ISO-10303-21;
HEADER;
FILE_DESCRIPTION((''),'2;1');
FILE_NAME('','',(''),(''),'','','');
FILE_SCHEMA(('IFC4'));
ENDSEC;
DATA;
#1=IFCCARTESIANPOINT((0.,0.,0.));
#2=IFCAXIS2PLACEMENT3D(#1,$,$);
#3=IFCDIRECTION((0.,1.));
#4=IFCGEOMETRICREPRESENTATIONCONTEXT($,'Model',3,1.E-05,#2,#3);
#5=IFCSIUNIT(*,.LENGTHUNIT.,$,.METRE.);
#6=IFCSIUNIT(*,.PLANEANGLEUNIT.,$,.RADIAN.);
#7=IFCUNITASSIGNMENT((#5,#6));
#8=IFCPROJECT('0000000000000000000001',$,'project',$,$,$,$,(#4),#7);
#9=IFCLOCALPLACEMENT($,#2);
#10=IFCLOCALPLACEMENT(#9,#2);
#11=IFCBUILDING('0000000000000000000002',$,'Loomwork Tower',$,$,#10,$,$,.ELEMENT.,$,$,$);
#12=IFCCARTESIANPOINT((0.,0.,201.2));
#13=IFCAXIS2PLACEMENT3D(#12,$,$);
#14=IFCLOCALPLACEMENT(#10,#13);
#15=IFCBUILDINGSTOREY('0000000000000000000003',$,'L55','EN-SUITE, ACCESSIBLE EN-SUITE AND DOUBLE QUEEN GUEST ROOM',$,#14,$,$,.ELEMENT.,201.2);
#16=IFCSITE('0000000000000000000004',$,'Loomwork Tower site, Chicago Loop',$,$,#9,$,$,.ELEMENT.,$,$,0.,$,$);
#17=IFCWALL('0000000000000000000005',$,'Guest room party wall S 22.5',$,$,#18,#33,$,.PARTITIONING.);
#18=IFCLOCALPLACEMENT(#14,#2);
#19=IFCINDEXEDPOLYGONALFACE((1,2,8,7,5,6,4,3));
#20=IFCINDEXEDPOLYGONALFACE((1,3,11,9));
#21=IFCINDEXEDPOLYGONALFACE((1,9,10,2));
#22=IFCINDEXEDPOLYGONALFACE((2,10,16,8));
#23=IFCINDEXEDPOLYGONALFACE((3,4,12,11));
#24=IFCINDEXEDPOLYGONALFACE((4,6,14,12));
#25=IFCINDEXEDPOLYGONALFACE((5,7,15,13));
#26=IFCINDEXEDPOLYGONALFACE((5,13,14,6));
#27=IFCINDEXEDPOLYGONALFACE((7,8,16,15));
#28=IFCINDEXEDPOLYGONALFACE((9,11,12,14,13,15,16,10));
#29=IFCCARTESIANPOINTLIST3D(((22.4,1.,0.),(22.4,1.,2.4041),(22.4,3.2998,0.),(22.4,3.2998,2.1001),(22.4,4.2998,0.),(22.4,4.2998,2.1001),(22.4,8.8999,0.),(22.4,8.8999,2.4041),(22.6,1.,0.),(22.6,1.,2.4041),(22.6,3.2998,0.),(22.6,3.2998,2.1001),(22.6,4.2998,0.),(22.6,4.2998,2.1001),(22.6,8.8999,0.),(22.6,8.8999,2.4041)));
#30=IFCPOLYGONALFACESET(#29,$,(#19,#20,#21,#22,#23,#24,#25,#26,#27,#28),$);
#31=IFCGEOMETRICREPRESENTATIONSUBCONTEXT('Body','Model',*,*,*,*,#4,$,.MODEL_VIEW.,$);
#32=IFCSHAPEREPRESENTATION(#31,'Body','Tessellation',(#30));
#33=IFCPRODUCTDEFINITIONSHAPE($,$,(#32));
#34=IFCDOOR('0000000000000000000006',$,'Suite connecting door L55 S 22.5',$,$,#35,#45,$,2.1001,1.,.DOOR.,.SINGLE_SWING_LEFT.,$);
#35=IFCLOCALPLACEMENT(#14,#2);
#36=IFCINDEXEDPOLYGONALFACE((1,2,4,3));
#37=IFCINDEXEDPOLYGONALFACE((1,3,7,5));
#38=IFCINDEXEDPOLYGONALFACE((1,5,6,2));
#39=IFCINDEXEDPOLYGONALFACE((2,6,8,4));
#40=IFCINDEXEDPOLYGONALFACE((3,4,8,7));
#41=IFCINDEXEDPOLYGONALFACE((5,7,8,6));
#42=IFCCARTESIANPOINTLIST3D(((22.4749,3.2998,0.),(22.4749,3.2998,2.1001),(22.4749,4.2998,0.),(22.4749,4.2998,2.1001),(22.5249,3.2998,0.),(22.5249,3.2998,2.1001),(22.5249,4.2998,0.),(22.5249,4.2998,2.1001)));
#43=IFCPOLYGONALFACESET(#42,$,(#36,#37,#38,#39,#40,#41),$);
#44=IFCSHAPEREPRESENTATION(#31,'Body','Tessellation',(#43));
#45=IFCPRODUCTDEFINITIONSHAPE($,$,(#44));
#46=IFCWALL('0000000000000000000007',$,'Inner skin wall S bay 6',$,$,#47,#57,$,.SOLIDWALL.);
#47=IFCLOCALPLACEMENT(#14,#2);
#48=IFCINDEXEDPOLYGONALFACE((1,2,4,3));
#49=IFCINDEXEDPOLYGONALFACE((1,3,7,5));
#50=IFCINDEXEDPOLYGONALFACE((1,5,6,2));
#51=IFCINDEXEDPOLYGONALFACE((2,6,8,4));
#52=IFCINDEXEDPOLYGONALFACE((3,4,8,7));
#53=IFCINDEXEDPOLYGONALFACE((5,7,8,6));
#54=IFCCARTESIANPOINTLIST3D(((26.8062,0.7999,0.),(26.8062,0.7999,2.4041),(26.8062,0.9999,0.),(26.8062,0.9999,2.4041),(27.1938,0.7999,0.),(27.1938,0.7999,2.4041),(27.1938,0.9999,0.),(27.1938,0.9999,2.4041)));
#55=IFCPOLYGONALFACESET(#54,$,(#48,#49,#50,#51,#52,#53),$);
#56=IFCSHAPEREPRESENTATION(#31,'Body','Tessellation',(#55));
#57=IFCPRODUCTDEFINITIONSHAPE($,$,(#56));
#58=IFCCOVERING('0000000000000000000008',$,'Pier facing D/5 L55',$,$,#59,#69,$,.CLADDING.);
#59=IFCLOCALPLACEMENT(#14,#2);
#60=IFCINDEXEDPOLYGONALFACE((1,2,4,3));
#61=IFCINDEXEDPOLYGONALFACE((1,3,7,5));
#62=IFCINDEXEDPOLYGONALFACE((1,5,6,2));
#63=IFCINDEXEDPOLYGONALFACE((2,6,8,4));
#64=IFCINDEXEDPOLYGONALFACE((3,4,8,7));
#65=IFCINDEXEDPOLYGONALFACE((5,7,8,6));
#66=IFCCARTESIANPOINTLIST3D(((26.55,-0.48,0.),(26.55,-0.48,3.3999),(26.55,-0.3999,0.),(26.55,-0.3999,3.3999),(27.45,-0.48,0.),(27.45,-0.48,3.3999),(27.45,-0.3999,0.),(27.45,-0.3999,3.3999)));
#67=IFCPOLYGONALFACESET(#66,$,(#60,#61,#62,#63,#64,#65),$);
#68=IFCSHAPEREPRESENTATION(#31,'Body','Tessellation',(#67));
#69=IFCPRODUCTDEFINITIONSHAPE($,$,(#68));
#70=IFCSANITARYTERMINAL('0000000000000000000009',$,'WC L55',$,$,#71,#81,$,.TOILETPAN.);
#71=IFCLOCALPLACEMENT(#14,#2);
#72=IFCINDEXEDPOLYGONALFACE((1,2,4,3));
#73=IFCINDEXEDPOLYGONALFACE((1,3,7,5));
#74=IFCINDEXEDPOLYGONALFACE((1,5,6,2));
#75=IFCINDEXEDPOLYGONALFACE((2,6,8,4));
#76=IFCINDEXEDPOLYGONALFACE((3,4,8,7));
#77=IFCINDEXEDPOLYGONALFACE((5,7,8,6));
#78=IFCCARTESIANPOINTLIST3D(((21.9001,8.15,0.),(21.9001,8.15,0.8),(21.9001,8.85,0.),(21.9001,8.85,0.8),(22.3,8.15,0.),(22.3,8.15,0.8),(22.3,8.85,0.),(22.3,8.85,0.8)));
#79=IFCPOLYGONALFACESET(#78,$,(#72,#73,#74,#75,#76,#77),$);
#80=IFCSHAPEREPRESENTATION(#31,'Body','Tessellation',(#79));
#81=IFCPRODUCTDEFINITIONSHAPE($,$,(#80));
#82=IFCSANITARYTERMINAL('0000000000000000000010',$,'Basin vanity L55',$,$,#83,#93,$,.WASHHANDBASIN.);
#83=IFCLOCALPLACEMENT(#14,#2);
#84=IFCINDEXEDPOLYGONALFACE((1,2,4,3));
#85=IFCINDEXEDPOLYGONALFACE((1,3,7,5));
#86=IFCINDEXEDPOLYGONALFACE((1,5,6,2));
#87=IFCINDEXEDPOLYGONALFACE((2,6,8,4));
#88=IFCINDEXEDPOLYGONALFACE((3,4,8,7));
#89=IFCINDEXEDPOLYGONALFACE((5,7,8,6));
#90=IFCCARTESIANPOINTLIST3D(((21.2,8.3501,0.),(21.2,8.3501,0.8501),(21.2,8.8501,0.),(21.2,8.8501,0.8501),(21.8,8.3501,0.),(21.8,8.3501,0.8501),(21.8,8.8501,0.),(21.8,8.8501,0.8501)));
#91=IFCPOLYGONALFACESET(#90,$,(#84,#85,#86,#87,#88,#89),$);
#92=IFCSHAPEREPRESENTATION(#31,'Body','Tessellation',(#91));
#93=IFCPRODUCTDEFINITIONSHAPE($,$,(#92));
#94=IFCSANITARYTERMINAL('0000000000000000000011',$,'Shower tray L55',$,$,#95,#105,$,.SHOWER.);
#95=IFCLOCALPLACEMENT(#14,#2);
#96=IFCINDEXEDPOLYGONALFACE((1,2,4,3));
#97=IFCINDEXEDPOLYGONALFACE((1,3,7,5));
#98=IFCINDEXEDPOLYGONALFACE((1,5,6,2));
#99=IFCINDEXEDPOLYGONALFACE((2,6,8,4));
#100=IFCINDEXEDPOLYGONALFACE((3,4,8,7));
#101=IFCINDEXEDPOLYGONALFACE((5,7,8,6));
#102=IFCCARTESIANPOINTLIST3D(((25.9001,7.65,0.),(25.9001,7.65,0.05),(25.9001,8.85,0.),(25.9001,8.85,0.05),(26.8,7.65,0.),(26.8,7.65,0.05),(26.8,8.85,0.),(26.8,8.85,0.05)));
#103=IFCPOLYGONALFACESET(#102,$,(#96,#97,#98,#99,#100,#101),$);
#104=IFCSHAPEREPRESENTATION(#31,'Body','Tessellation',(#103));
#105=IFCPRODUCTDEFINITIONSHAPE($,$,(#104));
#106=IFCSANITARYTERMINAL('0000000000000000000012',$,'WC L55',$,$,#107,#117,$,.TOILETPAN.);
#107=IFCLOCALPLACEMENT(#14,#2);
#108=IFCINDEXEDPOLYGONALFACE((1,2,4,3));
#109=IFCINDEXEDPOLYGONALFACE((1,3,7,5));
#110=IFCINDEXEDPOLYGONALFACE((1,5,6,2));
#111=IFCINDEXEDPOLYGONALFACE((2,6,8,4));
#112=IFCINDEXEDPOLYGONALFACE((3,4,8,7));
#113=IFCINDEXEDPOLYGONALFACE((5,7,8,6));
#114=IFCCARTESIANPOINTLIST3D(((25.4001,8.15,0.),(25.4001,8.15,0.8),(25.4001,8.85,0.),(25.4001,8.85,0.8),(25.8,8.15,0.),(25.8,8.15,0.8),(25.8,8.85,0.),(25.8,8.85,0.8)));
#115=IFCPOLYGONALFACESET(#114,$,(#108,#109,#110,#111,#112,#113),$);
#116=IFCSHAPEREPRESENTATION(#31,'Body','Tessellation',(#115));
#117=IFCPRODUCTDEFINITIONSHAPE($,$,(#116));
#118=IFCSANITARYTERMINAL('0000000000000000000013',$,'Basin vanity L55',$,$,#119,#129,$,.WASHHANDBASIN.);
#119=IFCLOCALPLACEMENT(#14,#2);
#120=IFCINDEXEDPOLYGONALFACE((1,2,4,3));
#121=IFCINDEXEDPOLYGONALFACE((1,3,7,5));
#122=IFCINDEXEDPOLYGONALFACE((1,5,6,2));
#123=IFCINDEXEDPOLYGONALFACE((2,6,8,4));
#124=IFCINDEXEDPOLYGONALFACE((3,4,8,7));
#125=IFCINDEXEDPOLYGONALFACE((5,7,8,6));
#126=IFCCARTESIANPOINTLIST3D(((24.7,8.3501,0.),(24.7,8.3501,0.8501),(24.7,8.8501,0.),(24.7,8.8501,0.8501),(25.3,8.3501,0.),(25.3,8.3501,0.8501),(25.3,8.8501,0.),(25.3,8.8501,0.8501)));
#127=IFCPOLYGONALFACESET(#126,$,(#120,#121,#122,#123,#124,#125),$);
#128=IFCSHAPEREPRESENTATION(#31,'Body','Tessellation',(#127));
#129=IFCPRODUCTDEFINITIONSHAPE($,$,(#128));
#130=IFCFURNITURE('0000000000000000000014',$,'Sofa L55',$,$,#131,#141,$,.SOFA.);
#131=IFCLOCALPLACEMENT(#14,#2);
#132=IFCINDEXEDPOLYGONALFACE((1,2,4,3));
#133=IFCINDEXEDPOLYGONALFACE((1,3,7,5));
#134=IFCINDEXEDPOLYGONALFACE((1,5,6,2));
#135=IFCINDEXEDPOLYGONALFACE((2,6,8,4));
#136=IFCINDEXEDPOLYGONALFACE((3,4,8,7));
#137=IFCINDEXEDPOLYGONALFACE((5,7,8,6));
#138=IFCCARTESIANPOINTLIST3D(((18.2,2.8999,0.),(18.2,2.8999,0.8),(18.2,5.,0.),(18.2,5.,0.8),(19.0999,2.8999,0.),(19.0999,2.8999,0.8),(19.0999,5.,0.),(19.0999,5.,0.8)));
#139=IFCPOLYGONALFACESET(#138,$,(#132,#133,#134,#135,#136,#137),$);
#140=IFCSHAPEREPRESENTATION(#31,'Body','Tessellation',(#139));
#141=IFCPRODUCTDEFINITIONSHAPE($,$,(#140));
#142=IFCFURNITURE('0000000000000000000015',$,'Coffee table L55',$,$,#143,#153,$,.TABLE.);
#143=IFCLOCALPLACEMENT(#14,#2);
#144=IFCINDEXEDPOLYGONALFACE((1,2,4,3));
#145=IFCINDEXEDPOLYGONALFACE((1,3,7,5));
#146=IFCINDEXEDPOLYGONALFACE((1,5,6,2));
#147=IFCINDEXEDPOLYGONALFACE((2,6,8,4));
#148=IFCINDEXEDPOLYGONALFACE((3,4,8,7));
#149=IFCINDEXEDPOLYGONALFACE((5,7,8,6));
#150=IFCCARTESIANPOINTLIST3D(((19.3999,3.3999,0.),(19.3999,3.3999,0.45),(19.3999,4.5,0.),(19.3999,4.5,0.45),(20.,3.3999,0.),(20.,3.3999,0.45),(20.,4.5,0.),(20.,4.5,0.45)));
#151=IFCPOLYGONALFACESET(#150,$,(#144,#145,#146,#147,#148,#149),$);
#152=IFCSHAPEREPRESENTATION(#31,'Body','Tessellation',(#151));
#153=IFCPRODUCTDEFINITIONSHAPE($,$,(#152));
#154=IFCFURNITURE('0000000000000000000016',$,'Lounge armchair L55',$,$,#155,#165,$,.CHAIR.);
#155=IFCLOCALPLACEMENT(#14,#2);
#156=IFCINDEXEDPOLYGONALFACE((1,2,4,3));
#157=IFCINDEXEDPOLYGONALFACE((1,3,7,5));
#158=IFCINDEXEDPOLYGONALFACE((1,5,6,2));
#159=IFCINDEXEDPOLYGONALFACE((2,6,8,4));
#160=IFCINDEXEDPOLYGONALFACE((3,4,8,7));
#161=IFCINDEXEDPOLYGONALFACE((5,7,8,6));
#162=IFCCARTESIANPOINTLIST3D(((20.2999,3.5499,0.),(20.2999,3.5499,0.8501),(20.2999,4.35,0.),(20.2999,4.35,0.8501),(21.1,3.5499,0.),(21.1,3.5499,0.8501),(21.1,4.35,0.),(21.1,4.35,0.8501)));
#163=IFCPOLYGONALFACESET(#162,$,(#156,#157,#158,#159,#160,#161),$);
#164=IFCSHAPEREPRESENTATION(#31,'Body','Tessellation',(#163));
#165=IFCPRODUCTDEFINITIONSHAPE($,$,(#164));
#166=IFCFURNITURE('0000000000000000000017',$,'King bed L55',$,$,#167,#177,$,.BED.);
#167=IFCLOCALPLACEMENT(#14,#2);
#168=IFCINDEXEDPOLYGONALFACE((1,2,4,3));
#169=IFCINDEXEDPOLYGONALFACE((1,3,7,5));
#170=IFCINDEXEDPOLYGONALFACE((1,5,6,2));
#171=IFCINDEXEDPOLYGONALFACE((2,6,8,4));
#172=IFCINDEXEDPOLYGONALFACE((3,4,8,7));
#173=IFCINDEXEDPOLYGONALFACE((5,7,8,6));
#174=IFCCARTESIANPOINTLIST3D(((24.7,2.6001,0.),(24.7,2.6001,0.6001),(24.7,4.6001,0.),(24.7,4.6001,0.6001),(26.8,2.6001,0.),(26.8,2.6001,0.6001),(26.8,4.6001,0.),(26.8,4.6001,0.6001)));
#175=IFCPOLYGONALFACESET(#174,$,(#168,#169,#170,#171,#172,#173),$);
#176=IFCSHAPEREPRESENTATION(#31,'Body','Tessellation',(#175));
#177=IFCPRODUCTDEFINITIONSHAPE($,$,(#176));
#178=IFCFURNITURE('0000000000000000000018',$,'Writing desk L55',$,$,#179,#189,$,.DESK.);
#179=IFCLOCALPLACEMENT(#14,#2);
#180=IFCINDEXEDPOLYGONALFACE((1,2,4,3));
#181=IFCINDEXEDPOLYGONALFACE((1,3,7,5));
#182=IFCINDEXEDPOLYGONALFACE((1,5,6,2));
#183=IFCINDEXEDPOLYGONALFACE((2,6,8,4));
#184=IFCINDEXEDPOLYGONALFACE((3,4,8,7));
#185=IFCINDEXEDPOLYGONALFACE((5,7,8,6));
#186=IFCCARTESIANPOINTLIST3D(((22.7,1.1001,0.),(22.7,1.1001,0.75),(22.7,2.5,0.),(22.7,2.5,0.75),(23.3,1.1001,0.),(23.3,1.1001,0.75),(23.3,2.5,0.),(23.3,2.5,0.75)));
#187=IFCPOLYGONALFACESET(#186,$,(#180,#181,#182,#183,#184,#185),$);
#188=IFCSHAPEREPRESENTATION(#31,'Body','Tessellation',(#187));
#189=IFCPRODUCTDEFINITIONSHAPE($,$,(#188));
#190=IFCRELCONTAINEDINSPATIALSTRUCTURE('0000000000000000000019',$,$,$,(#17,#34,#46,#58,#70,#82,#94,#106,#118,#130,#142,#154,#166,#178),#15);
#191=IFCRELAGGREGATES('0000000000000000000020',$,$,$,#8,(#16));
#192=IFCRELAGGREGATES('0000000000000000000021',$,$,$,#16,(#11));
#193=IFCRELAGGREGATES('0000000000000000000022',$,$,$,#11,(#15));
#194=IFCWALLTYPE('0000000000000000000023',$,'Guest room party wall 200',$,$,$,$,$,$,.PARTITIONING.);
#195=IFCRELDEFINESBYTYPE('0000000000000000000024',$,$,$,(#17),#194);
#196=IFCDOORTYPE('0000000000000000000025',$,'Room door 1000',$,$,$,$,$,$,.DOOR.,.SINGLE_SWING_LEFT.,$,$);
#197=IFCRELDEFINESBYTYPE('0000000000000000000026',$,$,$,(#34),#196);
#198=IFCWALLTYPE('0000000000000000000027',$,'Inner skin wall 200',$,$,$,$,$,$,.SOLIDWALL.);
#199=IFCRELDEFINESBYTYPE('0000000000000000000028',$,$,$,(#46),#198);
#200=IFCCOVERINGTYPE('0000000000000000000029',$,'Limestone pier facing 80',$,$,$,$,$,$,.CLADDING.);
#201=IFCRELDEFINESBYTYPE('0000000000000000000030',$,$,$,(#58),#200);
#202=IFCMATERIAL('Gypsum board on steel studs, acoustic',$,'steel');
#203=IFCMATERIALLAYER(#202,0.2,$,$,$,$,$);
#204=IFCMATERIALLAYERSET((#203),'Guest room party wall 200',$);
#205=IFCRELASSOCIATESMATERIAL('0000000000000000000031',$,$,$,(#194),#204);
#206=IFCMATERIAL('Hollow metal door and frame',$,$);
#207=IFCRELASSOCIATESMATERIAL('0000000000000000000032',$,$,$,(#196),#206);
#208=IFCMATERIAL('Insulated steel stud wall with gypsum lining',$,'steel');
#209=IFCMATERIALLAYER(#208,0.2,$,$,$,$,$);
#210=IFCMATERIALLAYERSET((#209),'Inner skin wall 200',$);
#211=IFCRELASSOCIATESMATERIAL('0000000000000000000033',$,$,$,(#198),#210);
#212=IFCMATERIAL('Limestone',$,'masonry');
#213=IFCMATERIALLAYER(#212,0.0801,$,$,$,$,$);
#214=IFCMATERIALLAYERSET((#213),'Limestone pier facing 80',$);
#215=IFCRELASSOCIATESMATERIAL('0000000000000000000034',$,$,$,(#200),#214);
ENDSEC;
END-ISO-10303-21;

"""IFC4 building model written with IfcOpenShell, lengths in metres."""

from ifc_helpers import new_model, si_unit, direction, frame, frame_2d, origin, origin_2d, place, context, subcontext, project, spatial, rectangle, extrude, material, layer, layer_set, type_object, element, fill, save


model = new_model("IFC4")

# Units and contexts
model_context = context("Model", 3, precision=1e-05, world=origin(), true_north=direction((0.0, 1.0)))
body_context = subcontext(model_context, "Body", "Model", "MODEL_VIEW")
ifc_project = project(units=[si_unit("LENGTHUNIT", "METRE"), si_unit("PLANEANGLEUNIT", "RADIAN")], contexts=[model_context])

# Site, building, storey
site_placement = place(None, origin())
site = spatial("IfcSite", under=ifc_project, at=site_placement, Name="Loomwork Tower site, Chicago Loop", CompositionType="ELEMENT", RefElevation=0.0)
building_placement = place(site_placement, origin())
building = spatial("IfcBuilding", under=site, at=building_placement, Name="Loomwork Tower", CompositionType="ELEMENT")
storey_placement = place(building_placement, frame((0.0, 0.0, 201.2)))
storey = spatial("IfcBuildingStorey", under=building, at=storey_placement, Name="L55", Description="EN-SUITE, ACCESSIBLE EN-SUITE AND DOUBLE QUEEN GUEST ROOM", CompositionType="ELEMENT", Elevation=201.2)

# Wall, opening, door
ifc_material_1 = material(Name="Gypsum board on steel studs, acoustic", Category="steel")
ifc_layer_1 = layer(ifc_material_1, 0.2)
ifc_layer_set_1 = layer_set([ifc_layer_1], Name="Guest room party wall 200")
wall_type_1 = type_object("IfcWallType", Name="Guest room party wall 200", PredefinedType="PARTITIONING", material=ifc_layer_set_1)
wall_1_placement = place(storey_placement, frame((22.5, 8.8999, 0.0), z_axis=(0.0, 0.0, 1.0), x_axis=(0.0, -1.0, 0.0)))
wall_1 = element("IfcWall", 1, at=wall_1_placement, inside=storey, type_object=wall_type_1, Name="Guest room party wall S 22.5", PredefinedType="PARTITIONING", context=body_context, shape_type="SweptSolid", body=[
    extrude(rectangle(XDim=7.8999, YDim=0.2, at=frame_2d((3.95, 0.0))), origin(), (0.0, 0.0, 1.0), 2.4041),
])
opening_1_placement = place(wall_1_placement, frame((4.6001, 0.0, 0.0)))
opening_1 = element("IfcOpeningElement", 2, at=opening_1_placement, cuts=wall_1, PredefinedType="OPENING", context=body_context, shape_type="SweptSolid", body=[
    extrude(rectangle(XDim=1.0, YDim=2.1001, at=frame_2d((0.5, 1.05))), frame((0.0, 0.1099, 0.0), z_axis=(0.0, -1.0, 0.0), x_axis=(1.0, 0.0, 0.0)), (0.0, 0.0, 1.0), 0.22),
])
ifc_material_2 = material(Name="Hollow metal door and frame")
door_type_1 = type_object("IfcDoorType", Name="Room door 1000", OperationType="SINGLE_SWING_LEFT", PredefinedType="DOOR", material=ifc_material_2)
door_1_placement = place(opening_1_placement, origin())
door_1 = element("IfcDoor", 3, at=door_1_placement, inside=storey, type_object=door_type_1, Name="Suite connecting door L55 S 22.5", OperationType="SINGLE_SWING_LEFT", OverallHeight=2.1001, OverallWidth=1.0, PredefinedType="DOOR", context=body_context, shape_type="SweptSolid", body=[
    extrude(rectangle(XDim=1.0, YDim=2.1001, at=frame_2d((0.5, 1.05))), frame((0.0, 0.0249, 0.0), z_axis=(0.0, -1.0, 0.0), x_axis=(1.0, 0.0, 0.0)), (0.0, 0.0, 1.0), 0.05),
])
fill(opening_1, door_1)

# Wall
ifc_material_3 = material(Name="Insulated steel stud wall with gypsum lining", Category="steel")
ifc_layer_2 = layer(ifc_material_3, 0.2)
ifc_layer_set_2 = layer_set([ifc_layer_2], Name="Inner skin wall 200")
wall_type_2 = type_object("IfcWallType", Name="Inner skin wall 200", PredefinedType="SOLIDWALL", material=ifc_layer_set_2)
wall_2_placement = place(storey_placement, frame((26.8062, 0.8999, 0.0), z_axis=(0.0, 0.0, 1.0), x_axis=(1.0, 0.0, 0.0)))
element("IfcWall", 4, at=wall_2_placement, inside=storey, type_object=wall_type_2, Name="Inner skin wall S bay 6", PredefinedType="SOLIDWALL", context=body_context, shape_type="SweptSolid", body=[
    extrude(rectangle(XDim=0.3877, YDim=0.2, at=frame_2d((0.1938, 0.0))), origin(), (0.0, 0.0, 1.0), 2.4041),
])

# Covering
ifc_material_4 = material(Name="Limestone", Category="masonry")
ifc_layer_3 = layer(ifc_material_4, 0.0801)
ifc_layer_set_3 = layer_set([ifc_layer_3], Name="Limestone pier facing 80")
covering_type = type_object("IfcCoveringType", Name="Limestone pier facing 80", PredefinedType="CLADDING", material=ifc_layer_set_3)
covering_placement = place(storey_placement, frame((27.0, -0.4399, 0.0), z_axis=(0.0, 0.0, 1.0), x_axis=(1.0, 0.0, 0.0)))
element("IfcCovering", 5, at=covering_placement, inside=storey, type_object=covering_type, Name="Pier facing D/5 L55", PredefinedType="CLADDING", context=body_context, shape_type="SweptSolid", body=[
    extrude(rectangle(XDim=0.8999, YDim=0.0801, at=origin_2d()), origin(), (0.0, 0.0, 1.0), 3.3999),
])

# Sanitary terminals
sanitary_terminal_1_placement = place(storey_placement, frame((22.1001, 8.5, 0.0), z_axis=(0.0, 0.0, 1.0), x_axis=(1.0, 0.0, 0.0)))
element("IfcSanitaryTerminal", 6, at=sanitary_terminal_1_placement, inside=storey, Name="WC L55", PredefinedType="TOILETPAN", context=body_context, shape_type="SweptSolid", body=[
    extrude(rectangle(XDim=0.3999, YDim=0.7, at=origin_2d()), origin(), (0.0, 0.0, 1.0), 0.8),
])
sanitary_terminal_2_placement = place(storey_placement, frame((21.5, 8.6001, 0.0), z_axis=(0.0, 0.0, 1.0), x_axis=(1.0, 0.0, 0.0)))
element("IfcSanitaryTerminal", 7, at=sanitary_terminal_2_placement, inside=storey, Name="Basin vanity L55", PredefinedType="WASHHANDBASIN", context=body_context, shape_type="SweptSolid", body=[
    extrude(rectangle(XDim=0.6001, YDim=0.5, at=origin_2d()), origin(), (0.0, 0.0, 1.0), 0.8501),
])
sanitary_terminal_3_placement = place(storey_placement, frame((26.3501, 8.25, 0.0), z_axis=(0.0, 0.0, 1.0), x_axis=(1.0, 0.0, 0.0)))
element("IfcSanitaryTerminal", 8, at=sanitary_terminal_3_placement, inside=storey, Name="Shower tray L55", PredefinedType="SHOWER", context=body_context, shape_type="SweptSolid", body=[
    extrude(rectangle(XDim=0.8999, YDim=1.2, at=origin_2d()), origin(), (0.0, 0.0, 1.0), 0.05),
])
sanitary_terminal_4_placement = place(storey_placement, frame((25.6001, 8.5, 0.0), z_axis=(0.0, 0.0, 1.0), x_axis=(1.0, 0.0, 0.0)))
element("IfcSanitaryTerminal", 9, at=sanitary_terminal_4_placement, inside=storey, Name="WC L55", PredefinedType="TOILETPAN", context=body_context, shape_type="SweptSolid", body=[
    extrude(rectangle(XDim=0.3999, YDim=0.7, at=origin_2d()), origin(), (0.0, 0.0, 1.0), 0.8),
])
sanitary_terminal_5_placement = place(storey_placement, frame((25.0, 8.6001, 0.0), z_axis=(0.0, 0.0, 1.0), x_axis=(1.0, 0.0, 0.0)))
element("IfcSanitaryTerminal", 10, at=sanitary_terminal_5_placement, inside=storey, Name="Basin vanity L55", PredefinedType="WASHHANDBASIN", context=body_context, shape_type="SweptSolid", body=[
    extrude(rectangle(XDim=0.6001, YDim=0.5, at=origin_2d()), origin(), (0.0, 0.0, 1.0), 0.8501),
])

# Furniture
furniture_1_placement = place(storey_placement, frame((18.6499, 3.95, 0.0), z_axis=(0.0, 0.0, 1.0), x_axis=(1.0, 0.0, 0.0)))
element("IfcFurniture", 11, at=furniture_1_placement, inside=storey, Name="Sofa L55", PredefinedType="SOFA", context=body_context, shape_type="SweptSolid", body=[
    extrude(rectangle(XDim=0.8999, YDim=2.1001, at=origin_2d()), origin(), (0.0, 0.0, 1.0), 0.8),
])
furniture_2_placement = place(storey_placement, frame((19.7, 3.95, 0.0), z_axis=(0.0, 0.0, 1.0), x_axis=(1.0, 0.0, 0.0)))
element("IfcFurniture", 12, at=furniture_2_placement, inside=storey, Name="Coffee table L55", PredefinedType="TABLE", context=body_context, shape_type="SweptSolid", body=[
    extrude(rectangle(XDim=0.6001, YDim=1.1001, at=origin_2d()), origin(), (0.0, 0.0, 1.0), 0.45),
])
furniture_3_placement = place(storey_placement, frame((20.7, 3.95, 0.0), z_axis=(0.0, 0.0, 1.0), x_axis=(1.0, 0.0, 0.0)))
element("IfcFurniture", 13, at=furniture_3_placement, inside=storey, Name="Lounge armchair L55", PredefinedType="CHAIR", context=body_context, shape_type="SweptSolid", body=[
    extrude(rectangle(XDim=0.8, YDim=0.8, at=origin_2d()), origin(), (0.0, 0.0, 1.0), 0.8501),
])
furniture_4_placement = place(storey_placement, frame((25.75, 3.6001, 0.0), z_axis=(0.0, 0.0, 1.0), x_axis=(1.0, 0.0, 0.0)))
element("IfcFurniture", 14, at=furniture_4_placement, inside=storey, Name="King bed L55", PredefinedType="BED", context=body_context, shape_type="SweptSolid", body=[
    extrude(rectangle(XDim=2.1001, YDim=2.0, at=origin_2d()), origin(), (0.0, 0.0, 1.0), 0.6001),
])
furniture_5_placement = place(storey_placement, frame((23.0, 1.8, 0.0), z_axis=(0.0, 0.0, 1.0), x_axis=(1.0, 0.0, 0.0)))
element("IfcFurniture", 15, at=furniture_5_placement, inside=storey, Name="Writing desk L55", PredefinedType="DESK", context=body_context, shape_type="SweptSolid", body=[
    extrude(rectangle(XDim=0.6001, YDim=1.3999, at=origin_2d()), origin(), (0.0, 0.0, 1.0), 0.75),
])

save(model, "model.ifc")
